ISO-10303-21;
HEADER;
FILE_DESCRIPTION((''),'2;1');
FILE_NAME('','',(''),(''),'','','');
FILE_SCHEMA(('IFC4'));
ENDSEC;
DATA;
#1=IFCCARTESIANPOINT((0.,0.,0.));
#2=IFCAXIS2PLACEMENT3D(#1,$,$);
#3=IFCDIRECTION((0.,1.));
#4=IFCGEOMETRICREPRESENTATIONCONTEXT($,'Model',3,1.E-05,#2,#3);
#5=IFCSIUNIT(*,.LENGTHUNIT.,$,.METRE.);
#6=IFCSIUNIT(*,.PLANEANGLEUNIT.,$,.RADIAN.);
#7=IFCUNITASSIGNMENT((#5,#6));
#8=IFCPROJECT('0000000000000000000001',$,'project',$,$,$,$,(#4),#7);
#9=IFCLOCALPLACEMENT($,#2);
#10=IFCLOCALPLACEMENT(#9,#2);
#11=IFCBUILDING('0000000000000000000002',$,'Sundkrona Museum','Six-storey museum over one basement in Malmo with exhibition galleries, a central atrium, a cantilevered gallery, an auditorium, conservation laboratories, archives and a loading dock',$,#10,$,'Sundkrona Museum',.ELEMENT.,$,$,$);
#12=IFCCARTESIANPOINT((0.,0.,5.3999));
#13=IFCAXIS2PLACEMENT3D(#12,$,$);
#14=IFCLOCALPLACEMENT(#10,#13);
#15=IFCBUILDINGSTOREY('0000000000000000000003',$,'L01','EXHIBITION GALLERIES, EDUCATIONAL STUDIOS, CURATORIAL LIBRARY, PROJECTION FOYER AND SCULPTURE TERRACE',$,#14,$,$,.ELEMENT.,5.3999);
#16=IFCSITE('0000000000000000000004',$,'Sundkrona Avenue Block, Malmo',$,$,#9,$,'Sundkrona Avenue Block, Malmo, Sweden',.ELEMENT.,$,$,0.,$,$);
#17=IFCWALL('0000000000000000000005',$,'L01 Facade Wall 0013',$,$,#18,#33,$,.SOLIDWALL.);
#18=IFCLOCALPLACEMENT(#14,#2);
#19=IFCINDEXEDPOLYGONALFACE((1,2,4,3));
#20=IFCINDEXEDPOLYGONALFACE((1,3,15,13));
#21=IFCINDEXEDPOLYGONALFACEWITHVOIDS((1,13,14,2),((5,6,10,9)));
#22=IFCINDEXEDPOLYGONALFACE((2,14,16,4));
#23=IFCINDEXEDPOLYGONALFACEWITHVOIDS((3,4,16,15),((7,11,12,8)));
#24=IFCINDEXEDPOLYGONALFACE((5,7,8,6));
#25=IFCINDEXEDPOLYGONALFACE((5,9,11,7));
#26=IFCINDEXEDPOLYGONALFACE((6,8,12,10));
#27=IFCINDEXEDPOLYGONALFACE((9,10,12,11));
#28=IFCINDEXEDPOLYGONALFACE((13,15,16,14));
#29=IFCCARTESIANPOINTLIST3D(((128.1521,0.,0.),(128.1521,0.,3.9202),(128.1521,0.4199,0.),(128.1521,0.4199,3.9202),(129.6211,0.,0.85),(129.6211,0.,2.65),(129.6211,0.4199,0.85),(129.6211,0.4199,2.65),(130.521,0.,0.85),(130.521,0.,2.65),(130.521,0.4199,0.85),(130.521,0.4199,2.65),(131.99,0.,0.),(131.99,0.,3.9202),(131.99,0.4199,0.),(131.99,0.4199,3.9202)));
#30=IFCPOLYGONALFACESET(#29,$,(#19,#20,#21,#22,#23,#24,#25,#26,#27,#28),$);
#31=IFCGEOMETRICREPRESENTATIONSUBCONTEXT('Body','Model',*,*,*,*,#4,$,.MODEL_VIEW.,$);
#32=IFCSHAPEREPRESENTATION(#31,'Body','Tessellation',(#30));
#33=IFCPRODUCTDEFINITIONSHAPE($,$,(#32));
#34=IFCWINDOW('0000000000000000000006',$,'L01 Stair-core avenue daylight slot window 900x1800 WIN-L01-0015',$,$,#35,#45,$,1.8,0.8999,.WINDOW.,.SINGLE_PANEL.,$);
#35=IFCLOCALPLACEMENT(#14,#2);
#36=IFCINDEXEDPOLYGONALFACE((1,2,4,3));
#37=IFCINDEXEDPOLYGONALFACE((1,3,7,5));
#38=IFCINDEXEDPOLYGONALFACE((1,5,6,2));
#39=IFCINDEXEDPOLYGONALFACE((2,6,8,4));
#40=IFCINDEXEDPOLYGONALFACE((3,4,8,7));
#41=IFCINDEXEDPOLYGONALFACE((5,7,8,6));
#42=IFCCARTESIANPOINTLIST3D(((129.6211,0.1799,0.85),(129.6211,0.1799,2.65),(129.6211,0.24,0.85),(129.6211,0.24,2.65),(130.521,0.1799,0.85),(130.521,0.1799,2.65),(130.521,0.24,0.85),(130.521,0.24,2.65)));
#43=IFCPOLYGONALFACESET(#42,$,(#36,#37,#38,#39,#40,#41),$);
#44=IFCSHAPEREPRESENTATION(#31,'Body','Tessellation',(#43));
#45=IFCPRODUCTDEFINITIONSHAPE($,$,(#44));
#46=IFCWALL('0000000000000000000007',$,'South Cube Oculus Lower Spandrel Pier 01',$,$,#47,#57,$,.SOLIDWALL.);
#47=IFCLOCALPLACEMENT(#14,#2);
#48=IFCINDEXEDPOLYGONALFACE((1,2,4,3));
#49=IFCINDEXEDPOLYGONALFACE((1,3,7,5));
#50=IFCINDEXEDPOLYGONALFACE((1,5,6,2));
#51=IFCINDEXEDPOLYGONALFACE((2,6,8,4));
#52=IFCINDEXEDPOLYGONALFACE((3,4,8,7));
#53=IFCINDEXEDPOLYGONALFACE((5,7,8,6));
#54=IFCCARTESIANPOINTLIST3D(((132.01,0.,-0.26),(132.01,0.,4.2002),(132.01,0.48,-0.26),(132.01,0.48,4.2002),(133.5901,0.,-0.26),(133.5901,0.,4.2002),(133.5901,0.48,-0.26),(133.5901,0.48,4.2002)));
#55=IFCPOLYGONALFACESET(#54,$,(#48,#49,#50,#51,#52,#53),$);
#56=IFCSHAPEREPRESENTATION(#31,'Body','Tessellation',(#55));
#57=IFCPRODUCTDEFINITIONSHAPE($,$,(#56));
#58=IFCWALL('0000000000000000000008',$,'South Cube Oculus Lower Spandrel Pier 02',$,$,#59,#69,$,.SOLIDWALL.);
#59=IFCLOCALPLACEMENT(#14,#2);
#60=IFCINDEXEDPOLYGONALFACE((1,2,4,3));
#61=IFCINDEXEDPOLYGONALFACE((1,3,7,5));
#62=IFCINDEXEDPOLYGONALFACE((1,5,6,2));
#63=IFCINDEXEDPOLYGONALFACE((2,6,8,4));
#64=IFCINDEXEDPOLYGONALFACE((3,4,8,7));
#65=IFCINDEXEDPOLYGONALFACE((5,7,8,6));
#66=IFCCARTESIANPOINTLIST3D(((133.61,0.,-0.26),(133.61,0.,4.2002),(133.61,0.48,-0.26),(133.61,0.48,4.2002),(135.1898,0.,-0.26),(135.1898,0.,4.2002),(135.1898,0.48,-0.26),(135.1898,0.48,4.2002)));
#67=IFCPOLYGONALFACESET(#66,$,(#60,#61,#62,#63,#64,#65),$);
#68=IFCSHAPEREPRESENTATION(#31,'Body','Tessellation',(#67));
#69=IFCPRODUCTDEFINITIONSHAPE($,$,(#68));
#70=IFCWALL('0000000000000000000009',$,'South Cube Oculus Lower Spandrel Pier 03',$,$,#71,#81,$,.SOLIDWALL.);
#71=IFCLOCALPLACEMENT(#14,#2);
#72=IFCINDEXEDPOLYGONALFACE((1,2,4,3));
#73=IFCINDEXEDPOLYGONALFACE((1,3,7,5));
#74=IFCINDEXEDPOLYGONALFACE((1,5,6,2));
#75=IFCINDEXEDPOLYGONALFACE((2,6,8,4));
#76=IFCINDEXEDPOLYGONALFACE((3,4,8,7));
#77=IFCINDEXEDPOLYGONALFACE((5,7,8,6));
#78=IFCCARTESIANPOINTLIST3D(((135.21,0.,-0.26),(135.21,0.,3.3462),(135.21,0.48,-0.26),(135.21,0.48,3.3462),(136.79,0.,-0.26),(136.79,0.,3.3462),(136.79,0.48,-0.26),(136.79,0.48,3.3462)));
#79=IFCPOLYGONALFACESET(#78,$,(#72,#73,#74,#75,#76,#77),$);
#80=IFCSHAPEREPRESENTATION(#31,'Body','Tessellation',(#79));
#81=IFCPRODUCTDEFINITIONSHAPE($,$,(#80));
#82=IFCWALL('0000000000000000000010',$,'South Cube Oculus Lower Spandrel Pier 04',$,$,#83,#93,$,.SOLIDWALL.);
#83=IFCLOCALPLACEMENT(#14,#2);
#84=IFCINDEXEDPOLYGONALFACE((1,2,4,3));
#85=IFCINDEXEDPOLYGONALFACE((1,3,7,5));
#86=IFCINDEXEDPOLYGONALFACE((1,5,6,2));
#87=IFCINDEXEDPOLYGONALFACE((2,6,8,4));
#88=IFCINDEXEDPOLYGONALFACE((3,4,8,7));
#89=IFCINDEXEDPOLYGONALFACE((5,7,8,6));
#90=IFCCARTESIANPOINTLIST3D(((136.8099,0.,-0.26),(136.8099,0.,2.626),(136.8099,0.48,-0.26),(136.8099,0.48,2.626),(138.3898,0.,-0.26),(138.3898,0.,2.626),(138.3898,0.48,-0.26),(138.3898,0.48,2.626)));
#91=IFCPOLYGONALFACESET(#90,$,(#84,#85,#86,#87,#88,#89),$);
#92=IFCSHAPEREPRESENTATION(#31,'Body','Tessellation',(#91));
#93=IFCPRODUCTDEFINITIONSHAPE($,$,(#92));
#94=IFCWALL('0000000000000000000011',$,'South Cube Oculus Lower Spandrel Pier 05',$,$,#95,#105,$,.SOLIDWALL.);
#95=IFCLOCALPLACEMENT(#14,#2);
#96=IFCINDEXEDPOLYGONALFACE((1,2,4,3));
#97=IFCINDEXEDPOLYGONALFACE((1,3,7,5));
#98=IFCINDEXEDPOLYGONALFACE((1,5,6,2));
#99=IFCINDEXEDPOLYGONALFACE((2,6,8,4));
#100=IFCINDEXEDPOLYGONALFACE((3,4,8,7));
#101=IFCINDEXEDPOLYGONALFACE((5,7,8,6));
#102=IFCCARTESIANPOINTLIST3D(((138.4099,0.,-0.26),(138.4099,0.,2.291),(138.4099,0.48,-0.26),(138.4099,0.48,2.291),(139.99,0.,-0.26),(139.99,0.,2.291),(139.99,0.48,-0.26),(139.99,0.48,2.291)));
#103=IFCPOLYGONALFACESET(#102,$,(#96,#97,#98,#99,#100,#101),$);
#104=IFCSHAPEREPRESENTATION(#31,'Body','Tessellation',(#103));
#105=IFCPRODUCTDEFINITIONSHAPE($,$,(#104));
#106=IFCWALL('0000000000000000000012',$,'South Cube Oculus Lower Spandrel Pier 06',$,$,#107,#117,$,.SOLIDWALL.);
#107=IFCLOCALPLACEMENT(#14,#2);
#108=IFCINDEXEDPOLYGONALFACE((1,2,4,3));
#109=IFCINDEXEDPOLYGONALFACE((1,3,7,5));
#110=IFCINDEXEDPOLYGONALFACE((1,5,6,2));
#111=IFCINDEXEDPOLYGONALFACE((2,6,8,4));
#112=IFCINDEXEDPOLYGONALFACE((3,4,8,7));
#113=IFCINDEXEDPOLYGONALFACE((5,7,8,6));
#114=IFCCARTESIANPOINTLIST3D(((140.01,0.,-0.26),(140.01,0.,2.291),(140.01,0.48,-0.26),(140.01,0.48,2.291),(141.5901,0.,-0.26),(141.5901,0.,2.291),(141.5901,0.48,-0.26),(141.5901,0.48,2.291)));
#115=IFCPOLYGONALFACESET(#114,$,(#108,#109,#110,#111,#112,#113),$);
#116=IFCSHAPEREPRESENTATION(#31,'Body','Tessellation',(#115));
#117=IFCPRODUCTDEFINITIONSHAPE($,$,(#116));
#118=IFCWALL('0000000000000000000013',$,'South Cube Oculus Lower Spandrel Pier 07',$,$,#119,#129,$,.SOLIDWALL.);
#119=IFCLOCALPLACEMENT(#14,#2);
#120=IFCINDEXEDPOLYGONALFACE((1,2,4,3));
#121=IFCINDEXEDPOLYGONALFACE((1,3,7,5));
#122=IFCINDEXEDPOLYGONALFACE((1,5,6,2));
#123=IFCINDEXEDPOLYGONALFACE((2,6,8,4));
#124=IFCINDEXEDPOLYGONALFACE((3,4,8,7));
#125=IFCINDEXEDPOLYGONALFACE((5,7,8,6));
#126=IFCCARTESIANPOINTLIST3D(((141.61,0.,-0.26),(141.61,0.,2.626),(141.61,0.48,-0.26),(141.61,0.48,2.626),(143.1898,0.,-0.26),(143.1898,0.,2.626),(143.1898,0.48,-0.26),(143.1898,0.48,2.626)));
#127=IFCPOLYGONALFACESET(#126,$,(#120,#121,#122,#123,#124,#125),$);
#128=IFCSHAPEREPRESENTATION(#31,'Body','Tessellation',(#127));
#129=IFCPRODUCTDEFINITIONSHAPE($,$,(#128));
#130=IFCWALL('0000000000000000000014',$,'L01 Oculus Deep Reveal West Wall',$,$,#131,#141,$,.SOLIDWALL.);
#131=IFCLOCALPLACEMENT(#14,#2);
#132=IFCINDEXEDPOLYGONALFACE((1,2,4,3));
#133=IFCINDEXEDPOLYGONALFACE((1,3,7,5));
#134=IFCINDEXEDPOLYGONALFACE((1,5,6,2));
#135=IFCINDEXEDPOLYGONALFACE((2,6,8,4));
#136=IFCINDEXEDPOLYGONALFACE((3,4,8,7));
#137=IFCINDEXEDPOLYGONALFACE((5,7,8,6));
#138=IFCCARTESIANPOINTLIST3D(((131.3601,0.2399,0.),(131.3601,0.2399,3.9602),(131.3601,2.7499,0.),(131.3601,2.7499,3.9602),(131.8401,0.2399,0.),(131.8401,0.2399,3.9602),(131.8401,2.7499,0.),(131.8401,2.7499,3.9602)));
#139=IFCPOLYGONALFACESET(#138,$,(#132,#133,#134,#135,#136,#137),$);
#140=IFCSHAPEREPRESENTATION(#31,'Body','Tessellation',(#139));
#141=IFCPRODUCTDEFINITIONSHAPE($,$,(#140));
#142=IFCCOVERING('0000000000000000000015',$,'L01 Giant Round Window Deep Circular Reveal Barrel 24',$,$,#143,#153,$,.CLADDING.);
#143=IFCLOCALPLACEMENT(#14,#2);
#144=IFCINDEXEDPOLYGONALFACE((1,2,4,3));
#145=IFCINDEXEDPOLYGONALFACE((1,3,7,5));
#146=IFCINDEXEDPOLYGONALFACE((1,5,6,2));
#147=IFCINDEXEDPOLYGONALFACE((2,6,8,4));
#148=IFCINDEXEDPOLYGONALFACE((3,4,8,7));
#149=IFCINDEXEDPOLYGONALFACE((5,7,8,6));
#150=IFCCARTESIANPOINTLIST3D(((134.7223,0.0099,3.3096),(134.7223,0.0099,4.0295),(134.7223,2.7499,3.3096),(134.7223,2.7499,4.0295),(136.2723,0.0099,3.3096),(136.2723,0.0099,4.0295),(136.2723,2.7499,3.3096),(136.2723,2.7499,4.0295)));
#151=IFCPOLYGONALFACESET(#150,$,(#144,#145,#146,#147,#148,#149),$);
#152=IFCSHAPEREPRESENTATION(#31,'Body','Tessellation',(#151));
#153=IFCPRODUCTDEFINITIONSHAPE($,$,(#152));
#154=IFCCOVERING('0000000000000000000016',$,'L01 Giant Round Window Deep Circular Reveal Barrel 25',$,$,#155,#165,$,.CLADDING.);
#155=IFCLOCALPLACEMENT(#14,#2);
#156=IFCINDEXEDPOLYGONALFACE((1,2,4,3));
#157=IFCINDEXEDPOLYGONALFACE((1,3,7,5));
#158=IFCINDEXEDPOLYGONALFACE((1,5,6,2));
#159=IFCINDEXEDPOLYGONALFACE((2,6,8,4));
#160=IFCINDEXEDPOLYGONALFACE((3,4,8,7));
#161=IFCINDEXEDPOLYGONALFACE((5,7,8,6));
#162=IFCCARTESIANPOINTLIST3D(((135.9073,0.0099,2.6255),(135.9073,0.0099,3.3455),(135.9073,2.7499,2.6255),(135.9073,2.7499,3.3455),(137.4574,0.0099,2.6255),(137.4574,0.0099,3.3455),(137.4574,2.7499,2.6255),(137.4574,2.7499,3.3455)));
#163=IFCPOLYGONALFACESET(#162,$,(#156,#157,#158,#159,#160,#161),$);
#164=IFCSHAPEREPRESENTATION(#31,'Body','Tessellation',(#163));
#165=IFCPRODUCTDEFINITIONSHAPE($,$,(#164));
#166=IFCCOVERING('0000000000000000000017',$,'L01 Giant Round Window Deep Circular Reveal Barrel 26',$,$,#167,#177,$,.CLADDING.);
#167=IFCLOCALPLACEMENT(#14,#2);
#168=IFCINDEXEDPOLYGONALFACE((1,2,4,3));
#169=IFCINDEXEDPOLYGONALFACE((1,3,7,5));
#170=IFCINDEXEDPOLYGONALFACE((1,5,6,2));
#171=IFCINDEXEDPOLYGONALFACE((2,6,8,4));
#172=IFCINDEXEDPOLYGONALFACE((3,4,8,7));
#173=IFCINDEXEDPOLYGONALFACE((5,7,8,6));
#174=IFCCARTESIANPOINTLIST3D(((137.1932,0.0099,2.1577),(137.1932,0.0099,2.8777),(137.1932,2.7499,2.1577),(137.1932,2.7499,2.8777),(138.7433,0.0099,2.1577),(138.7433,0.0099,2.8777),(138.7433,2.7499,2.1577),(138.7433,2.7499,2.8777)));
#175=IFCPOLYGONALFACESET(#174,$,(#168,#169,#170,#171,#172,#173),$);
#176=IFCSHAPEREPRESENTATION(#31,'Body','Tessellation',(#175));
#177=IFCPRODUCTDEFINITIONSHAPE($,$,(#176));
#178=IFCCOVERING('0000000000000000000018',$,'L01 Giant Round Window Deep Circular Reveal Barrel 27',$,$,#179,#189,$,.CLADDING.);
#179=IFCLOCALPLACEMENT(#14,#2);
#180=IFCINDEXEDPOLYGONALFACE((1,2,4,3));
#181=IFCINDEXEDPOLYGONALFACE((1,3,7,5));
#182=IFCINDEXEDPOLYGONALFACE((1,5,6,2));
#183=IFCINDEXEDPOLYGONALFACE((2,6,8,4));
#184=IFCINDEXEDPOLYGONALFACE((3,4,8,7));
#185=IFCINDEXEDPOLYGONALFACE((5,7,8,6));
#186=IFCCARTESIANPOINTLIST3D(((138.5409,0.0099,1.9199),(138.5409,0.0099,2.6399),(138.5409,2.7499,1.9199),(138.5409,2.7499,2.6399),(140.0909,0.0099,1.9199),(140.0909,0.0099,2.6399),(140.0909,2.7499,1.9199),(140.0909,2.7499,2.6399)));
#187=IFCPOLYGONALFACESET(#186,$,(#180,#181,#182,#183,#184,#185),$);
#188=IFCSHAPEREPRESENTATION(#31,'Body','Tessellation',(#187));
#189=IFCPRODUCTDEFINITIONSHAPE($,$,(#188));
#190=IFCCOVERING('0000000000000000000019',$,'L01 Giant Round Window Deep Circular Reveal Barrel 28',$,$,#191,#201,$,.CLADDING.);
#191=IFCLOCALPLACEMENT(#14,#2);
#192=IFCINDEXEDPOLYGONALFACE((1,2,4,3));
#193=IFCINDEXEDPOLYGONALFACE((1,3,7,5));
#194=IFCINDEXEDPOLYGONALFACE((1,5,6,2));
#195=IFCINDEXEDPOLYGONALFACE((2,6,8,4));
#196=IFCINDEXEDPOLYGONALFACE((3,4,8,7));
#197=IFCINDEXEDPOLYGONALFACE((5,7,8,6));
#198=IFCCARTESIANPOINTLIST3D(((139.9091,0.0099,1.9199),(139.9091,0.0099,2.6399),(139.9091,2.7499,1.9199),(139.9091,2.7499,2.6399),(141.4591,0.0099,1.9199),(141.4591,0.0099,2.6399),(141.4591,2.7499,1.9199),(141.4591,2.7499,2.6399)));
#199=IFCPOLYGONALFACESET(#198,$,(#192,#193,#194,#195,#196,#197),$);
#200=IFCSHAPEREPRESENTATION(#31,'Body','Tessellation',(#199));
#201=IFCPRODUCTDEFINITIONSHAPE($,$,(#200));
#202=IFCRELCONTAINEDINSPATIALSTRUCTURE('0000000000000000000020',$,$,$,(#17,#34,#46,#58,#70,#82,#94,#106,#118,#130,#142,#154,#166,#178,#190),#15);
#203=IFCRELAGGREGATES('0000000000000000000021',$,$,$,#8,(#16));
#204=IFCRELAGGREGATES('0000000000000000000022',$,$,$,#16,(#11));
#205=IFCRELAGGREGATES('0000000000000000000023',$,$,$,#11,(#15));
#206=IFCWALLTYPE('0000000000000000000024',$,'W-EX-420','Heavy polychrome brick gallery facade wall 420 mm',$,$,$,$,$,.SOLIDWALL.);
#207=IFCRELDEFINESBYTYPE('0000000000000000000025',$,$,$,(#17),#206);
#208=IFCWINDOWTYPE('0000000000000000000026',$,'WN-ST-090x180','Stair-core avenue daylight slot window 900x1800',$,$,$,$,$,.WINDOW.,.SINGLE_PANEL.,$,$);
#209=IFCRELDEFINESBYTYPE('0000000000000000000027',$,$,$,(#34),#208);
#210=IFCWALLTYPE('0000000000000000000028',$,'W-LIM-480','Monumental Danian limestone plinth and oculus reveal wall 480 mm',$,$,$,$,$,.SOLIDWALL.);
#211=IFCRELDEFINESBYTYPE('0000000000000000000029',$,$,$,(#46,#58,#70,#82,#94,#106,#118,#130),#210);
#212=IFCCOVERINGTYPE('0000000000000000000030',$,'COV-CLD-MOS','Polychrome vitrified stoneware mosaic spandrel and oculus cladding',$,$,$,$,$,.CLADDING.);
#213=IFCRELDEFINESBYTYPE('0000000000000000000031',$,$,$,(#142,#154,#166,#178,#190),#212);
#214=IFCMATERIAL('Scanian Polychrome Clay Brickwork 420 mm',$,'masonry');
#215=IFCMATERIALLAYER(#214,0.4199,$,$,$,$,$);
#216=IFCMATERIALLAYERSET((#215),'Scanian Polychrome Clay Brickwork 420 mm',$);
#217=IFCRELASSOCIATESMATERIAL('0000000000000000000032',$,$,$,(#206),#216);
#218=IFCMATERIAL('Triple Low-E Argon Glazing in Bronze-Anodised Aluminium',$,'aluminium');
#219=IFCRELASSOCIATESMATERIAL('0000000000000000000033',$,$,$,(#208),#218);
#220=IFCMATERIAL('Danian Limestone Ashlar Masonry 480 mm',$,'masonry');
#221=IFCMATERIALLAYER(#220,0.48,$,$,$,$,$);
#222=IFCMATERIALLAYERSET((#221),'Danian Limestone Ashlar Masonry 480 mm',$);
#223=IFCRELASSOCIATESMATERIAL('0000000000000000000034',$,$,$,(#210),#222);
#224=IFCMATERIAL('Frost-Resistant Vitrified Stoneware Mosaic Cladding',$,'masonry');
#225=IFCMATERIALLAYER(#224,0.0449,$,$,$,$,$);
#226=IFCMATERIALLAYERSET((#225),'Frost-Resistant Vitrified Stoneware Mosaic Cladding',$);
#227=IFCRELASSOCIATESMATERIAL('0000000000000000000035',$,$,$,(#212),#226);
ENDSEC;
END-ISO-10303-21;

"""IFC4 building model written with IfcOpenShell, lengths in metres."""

from ifc_helpers import new_model, si_unit, direction, frame, frame_2d, origin, origin_2d, place, context, subcontext, project, spatial, rectangle, extrude, material, layer, layer_set, type_object, element, fill, save


model = new_model("IFC4")

# Units and contexts
model_context = context("Model", 3, precision=1e-05, world=origin(), true_north=direction((0.0, 1.0)))
body_context = subcontext(model_context, "Body", "Model", "MODEL_VIEW")
ifc_project = project(units=[si_unit("LENGTHUNIT", "METRE"), si_unit("PLANEANGLEUNIT", "RADIAN")], contexts=[model_context])

# Site, building, storey
site_placement = place(None, origin())
site = spatial("IfcSite", under=ifc_project, at=site_placement, Name="Sundkrona Avenue Block, Malmo", LongName="Sundkrona Avenue Block, Malmo, Sweden", CompositionType="ELEMENT", RefElevation=0.0)
building_placement = place(site_placement, origin())
building = spatial("IfcBuilding", under=site, at=building_placement, Name="Sundkrona Museum", Description="Six-storey museum over one basement in Malmo with exhibition galleries, a central atrium, a cantilevered gallery, an auditorium, conservation laboratories, archives and a loading dock", LongName="Sundkrona Museum", CompositionType="ELEMENT")
storey_placement = place(building_placement, frame((0.0, 0.0, 5.3999)))
storey = spatial("IfcBuildingStorey", under=building, at=storey_placement, Name="L01", Description="EXHIBITION GALLERIES, EDUCATIONAL STUDIOS, CURATORIAL LIBRARY, PROJECTION FOYER AND SCULPTURE TERRACE", CompositionType="ELEMENT", Elevation=5.3999)

# Wall, opening, window
ifc_material_1 = material(Name="Scanian Polychrome Clay Brickwork 420 mm", Category="masonry")
ifc_layer_1 = layer(ifc_material_1, 0.4199)
ifc_layer_set_1 = layer_set([ifc_layer_1], Name="Scanian Polychrome Clay Brickwork 420 mm")
wall_type_1 = type_object("IfcWallType", Name="W-EX-420", Description="Heavy polychrome brick gallery facade wall 420 mm", PredefinedType="SOLIDWALL", material=ifc_layer_set_1)
wall_1_placement = place(storey_placement, frame((131.99, 0.21, 0.0), z_axis=(0.0, 0.0, 1.0), x_axis=(-1.0, 0.0, 0.0)))
wall_1 = element("IfcWall", 1, at=wall_1_placement, inside=storey, type_object=wall_type_1, Name="L01 Facade Wall 0013", PredefinedType="SOLIDWALL", context=body_context, shape_type="SweptSolid", body=[
    extrude(rectangle(XDim=3.8379, YDim=0.4199, at=frame_2d((1.9189, 0.0))), origin(), (0.0, 0.0, 1.0), 3.9202),
])
opening_placement = place(wall_1_placement, frame((1.469, 0.0, 0.8501)))
opening = element("IfcOpeningElement", 2, at=opening_placement, cuts=wall_1, PredefinedType="OPENING", context=body_context, shape_type="SweptSolid", body=[
    extrude(rectangle(XDim=0.8999, YDim=1.8, at=frame_2d((0.45, 0.8999))), frame((0.0, 0.22, 0.0), z_axis=(0.0, -1.0, 0.0), x_axis=(1.0, 0.0, 0.0)), (0.0, 0.0, 1.0), 0.4399),
])
ifc_material_2 = material(Name="Triple Low-E Argon Glazing in Bronze-Anodised Aluminium", Category="aluminium")
window_type = type_object("IfcWindowType", Name="WN-ST-090x180", Description="Stair-core avenue daylight slot window 900x1800", PartitioningType="SINGLE_PANEL", PredefinedType="WINDOW", material=ifc_material_2)
window_placement = place(opening_placement, origin())
window = element("IfcWindow", 3, at=window_placement, inside=storey, type_object=window_type, Name="L01 Stair-core avenue daylight slot window 900x1800 WIN-L01-0015", OverallHeight=1.8, OverallWidth=0.8999, PartitioningType="SINGLE_PANEL", PredefinedType="WINDOW", context=body_context, shape_type="SweptSolid", body=[
    extrude(rectangle(XDim=0.8999, YDim=1.8, at=frame_2d((0.45, 0.8999))), frame((0.0, 0.03, 0.0), z_axis=(0.0, -1.0, 0.0), x_axis=(1.0, 0.0, 0.0)), (0.0, 0.0, 1.0), 0.0601),
])
fill(opening, window)

# Walls
ifc_material_3 = material(Name="Danian Limestone Ashlar Masonry 480 mm", Category="masonry")
ifc_layer_2 = layer(ifc_material_3, 0.48)
ifc_layer_set_2 = layer_set([ifc_layer_2], Name="Danian Limestone Ashlar Masonry 480 mm")
wall_type_2 = type_object("IfcWallType", Name="W-LIM-480", Description="Monumental Danian limestone plinth and oculus reveal wall 480 mm", PredefinedType="SOLIDWALL", material=ifc_layer_set_2)
wall_2_placement = place(storey_placement, frame((133.5901, 0.24, -0.26), z_axis=(0.0, 0.0, 1.0), x_axis=(-1.0, 0.0, 0.0)))
element("IfcWall", 4, at=wall_2_placement, inside=storey, type_object=wall_type_2, Name="South Cube Oculus Lower Spandrel Pier 01", PredefinedType="SOLIDWALL", context=body_context, shape_type="SweptSolid", body=[
    extrude(rectangle(XDim=1.5801, YDim=0.48, at=frame_2d((0.79, 0.0))), origin(), (0.0, 0.0, 1.0), 4.4602),
])
wall_3_placement = place(storey_placement, frame((135.1899, 0.24, -0.26), z_axis=(0.0, 0.0, 1.0), x_axis=(-1.0, 0.0, 0.0)))
element("IfcWall", 5, at=wall_3_placement, inside=storey, type_object=wall_type_2, Name="South Cube Oculus Lower Spandrel Pier 02", PredefinedType="SOLIDWALL", context=body_context, shape_type="SweptSolid", body=[
    extrude(rectangle(XDim=1.5798, YDim=0.48, at=frame_2d((0.79, 0.0))), origin(), (0.0, 0.0, 1.0), 4.4602),
])
wall_4_placement = place(storey_placement, frame((136.79, 0.24, -0.26), z_axis=(0.0, 0.0, 1.0), x_axis=(-1.0, 0.0, 0.0)))
element("IfcWall", 6, at=wall_4_placement, inside=storey, type_object=wall_type_2, Name="South Cube Oculus Lower Spandrel Pier 03", PredefinedType="SOLIDWALL", context=body_context, shape_type="SweptSolid", body=[
    extrude(rectangle(XDim=1.5801, YDim=0.48, at=frame_2d((0.79, 0.0))), origin(), (0.0, 0.0, 1.0), 3.6062),
])
wall_5_placement = place(storey_placement, frame((138.3899, 0.24, -0.26), z_axis=(0.0, 0.0, 1.0), x_axis=(-1.0, 0.0, 0.0)))
element("IfcWall", 7, at=wall_5_placement, inside=storey, type_object=wall_type_2, Name="South Cube Oculus Lower Spandrel Pier 04", PredefinedType="SOLIDWALL", context=body_context, shape_type="SweptSolid", body=[
    extrude(rectangle(XDim=1.5798, YDim=0.48, at=frame_2d((0.79, 0.0))), origin(), (0.0, 0.0, 1.0), 2.886),
])
for number, where, z_axis, x_axis, name in (
    (8, (139.99, 0.24, -0.26), (0.0, 0.0, 1.0), (-1.0, 0.0, 0.0), "South Cube Oculus Lower Spandrel Pier 05"),
    (9, (141.5901, 0.24, -0.26), (0.0, 0.0, 1.0), (-1.0, 0.0, 0.0), "South Cube Oculus Lower Spandrel Pier 06"),
):
    element("IfcWall", number, at=place(storey_placement, frame(where, z_axis=z_axis, x_axis=x_axis)), inside=storey, type_object=wall_type_2, Name=name, PredefinedType="SOLIDWALL", context=body_context, shape_type="SweptSolid", body=[
        extrude(rectangle(XDim=1.5801, YDim=0.48, at=frame_2d((0.79, 0.0))), origin(), (0.0, 0.0, 1.0), 2.551),
    ])
wall_6_placement = place(storey_placement, frame((143.1899, 0.24, -0.26), z_axis=(0.0, 0.0, 1.0), x_axis=(-1.0, 0.0, 0.0)))
element("IfcWall", 10, at=wall_6_placement, inside=storey, type_object=wall_type_2, Name="South Cube Oculus Lower Spandrel Pier 07", PredefinedType="SOLIDWALL", context=body_context, shape_type="SweptSolid", body=[
    extrude(rectangle(XDim=1.5798, YDim=0.48, at=frame_2d((0.79, 0.0))), origin(), (0.0, 0.0, 1.0), 2.886),
])
wall_7_placement = place(storey_placement, frame((131.6001, 0.24, 0.0), z_axis=(0.0, 0.0, 1.0), x_axis=(0.0, 1.0, 0.0)))
element("IfcWall", 11, at=wall_7_placement, inside=storey, type_object=wall_type_2, Name="L01 Oculus Deep Reveal West Wall", PredefinedType="SOLIDWALL", context=body_context, shape_type="SweptSolid", body=[
    extrude(rectangle(XDim=2.51, YDim=0.48, at=frame_2d((1.2549, 0.0))), origin(), (0.0, 0.0, 1.0), 3.9602),
])

# Coverings
ifc_material_4 = material(Name="Frost-Resistant Vitrified Stoneware Mosaic Cladding", Category="masonry")
ifc_layer_3 = layer(ifc_material_4, 0.0449)
ifc_layer_set_3 = layer_set([ifc_layer_3], Name="Frost-Resistant Vitrified Stoneware Mosaic Cladding")
covering_type = type_object("IfcCoveringType", Name="COV-CLD-MOS", Description="Polychrome vitrified stoneware mosaic spandrel and oculus cladding", PredefinedType="CLADDING", material=ifc_layer_set_3)
for number, where, z_axis, x_axis, name in (
    (12, (135.4973, 1.3799, 3.3096), (0.0, 0.0, 1.0), (1.0, 0.0, 0.0), "L01 Giant Round Window Deep Circular Reveal Barrel 24"),
    (13, (136.6824, 1.3799, 2.6255), (0.0, 0.0, 1.0), (1.0, 0.0, 0.0), "L01 Giant Round Window Deep Circular Reveal Barrel 25"),
    (14, (137.9683, 1.3799, 2.1577), (0.0, 0.0, 1.0), (1.0, 0.0, 0.0), "L01 Giant Round Window Deep Circular Reveal Barrel 26"),
    (15, (139.3159, 1.3799, 1.9199), (0.0, 0.0, 1.0), (1.0, 0.0, 0.0), "L01 Giant Round Window Deep Circular Reveal Barrel 27"),
    (16, (140.6841, 1.3799, 1.9199), (0.0, 0.0, 1.0), (1.0, 0.0, 0.0), "L01 Giant Round Window Deep Circular Reveal Barrel 28"),
):
    element("IfcCovering", number, at=place(storey_placement, frame(where, z_axis=z_axis, x_axis=x_axis)), inside=storey, type_object=covering_type, Name=name, PredefinedType="CLADDING", context=body_context, shape_type="SweptSolid", body=[
        extrude(rectangle(XDim=1.55, YDim=2.74, at=origin_2d()), origin(), (0.0, 0.0, 1.0), 0.72),
    ])

save(model, "model.ifc")
